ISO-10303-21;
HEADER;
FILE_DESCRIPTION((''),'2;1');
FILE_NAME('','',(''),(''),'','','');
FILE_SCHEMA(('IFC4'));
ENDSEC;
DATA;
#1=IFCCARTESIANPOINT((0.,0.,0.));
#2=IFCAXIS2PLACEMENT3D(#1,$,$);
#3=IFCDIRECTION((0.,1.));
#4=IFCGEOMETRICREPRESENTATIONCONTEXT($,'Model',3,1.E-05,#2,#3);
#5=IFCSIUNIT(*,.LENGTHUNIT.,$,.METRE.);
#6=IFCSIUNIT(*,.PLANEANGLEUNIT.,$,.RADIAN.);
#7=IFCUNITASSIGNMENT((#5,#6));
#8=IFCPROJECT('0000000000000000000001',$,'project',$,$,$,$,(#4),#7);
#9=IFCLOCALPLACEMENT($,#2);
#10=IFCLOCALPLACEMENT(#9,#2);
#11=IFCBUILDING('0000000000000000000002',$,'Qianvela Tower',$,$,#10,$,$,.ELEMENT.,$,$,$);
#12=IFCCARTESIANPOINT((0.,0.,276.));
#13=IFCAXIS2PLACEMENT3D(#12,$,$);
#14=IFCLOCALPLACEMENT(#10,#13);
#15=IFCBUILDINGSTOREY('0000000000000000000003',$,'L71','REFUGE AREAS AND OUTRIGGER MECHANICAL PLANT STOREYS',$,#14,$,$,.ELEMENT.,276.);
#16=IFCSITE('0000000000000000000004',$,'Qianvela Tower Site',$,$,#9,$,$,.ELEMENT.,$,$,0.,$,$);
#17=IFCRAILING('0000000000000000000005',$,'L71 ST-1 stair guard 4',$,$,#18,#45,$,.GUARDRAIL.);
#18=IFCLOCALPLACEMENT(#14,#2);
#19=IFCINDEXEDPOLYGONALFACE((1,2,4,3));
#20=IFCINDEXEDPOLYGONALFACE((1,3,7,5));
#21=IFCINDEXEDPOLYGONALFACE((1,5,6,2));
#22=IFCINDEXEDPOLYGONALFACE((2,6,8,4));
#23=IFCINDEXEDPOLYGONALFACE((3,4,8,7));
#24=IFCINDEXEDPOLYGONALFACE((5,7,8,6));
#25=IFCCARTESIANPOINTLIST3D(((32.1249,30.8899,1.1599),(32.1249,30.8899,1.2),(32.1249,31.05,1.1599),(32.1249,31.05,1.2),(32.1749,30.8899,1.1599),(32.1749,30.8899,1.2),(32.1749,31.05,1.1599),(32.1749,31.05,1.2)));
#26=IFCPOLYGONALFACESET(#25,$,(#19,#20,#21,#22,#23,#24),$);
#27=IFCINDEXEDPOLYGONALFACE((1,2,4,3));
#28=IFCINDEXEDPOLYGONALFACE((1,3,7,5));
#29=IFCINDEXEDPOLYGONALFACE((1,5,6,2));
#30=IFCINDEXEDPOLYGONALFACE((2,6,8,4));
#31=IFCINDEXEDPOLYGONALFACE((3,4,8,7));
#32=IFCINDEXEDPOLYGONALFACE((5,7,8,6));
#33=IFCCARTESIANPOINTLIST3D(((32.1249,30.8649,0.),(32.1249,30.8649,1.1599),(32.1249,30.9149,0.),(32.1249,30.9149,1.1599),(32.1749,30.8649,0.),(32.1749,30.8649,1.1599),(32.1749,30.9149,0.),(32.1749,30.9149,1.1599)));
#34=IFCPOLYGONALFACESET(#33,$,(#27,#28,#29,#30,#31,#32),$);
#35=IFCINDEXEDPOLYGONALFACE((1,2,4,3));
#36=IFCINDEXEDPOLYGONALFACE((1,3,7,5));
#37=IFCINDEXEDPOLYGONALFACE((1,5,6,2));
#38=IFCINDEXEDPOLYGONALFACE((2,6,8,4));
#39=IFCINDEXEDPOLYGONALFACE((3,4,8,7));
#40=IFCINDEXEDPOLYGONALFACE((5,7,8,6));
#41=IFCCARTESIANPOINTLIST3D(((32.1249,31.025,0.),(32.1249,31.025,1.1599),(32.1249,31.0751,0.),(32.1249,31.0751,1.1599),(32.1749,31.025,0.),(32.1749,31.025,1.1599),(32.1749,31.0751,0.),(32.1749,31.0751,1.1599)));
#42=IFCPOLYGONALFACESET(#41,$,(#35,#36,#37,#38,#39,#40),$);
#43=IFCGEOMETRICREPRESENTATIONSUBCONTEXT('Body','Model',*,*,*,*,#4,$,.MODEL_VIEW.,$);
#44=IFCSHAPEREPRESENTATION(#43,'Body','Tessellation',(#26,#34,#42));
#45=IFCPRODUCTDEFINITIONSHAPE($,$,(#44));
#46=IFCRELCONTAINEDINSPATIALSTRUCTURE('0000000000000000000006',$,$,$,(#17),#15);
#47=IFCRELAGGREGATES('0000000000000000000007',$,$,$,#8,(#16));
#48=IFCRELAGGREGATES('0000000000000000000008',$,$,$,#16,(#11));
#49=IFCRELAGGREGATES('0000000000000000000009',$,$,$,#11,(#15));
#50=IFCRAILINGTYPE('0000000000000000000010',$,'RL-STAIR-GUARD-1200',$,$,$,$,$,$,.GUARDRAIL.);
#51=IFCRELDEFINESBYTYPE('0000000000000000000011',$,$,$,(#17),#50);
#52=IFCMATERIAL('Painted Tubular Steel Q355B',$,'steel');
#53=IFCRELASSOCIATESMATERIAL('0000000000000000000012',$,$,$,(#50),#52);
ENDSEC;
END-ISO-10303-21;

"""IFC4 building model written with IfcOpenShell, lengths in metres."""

from ifc_helpers import new_model, si_unit, direction, frame, origin, origin_2d, place, context, subcontext, project, spatial, rectangle, extrude, material, type_object, element, save


model = new_model("IFC4")

# Units and contexts
model_context = context("Model", 3, precision=1e-05, world=origin(), true_north=direction((0.0, 1.0)))
body_context = subcontext(model_context, "Body", "Model", "MODEL_VIEW")
ifc_project = project(units=[si_unit("LENGTHUNIT", "METRE"), si_unit("PLANEANGLEUNIT", "RADIAN")], contexts=[model_context])

# Site, building, storey
site_placement = place(None, origin())
site = spatial("IfcSite", under=ifc_project, at=site_placement, Name="Qianvela Tower Site", CompositionType="ELEMENT", RefElevation=0.0)
building_placement = place(site_placement, origin())
building = spatial("IfcBuilding", under=site, at=building_placement, Name="Qianvela Tower", CompositionType="ELEMENT")
storey_placement = place(building_placement, frame((0.0, 0.0, 276.0)))
storey = spatial("IfcBuildingStorey", under=building, at=storey_placement, Name="L71", Description="REFUGE AREAS AND OUTRIGGER MECHANICAL PLANT STOREYS", CompositionType="ELEMENT", Elevation=276.0)

# Railing
ifc_material_1 = material(Name="Painted Tubular Steel Q355B", Category="steel")
railing_type = type_object("IfcRailingType", Name="RL-STAIR-GUARD-1200", PredefinedType="GUARDRAIL", material=ifc_material_1)
railing_1_placement = place(storey_placement, frame((32.1499, 30.8899, 0.0)))
element("IfcRailing", 1, at=railing_1_placement, inside=storey, type_object=railing_type, Name="L71 ST-1 stair guard 4", PredefinedType="GUARDRAIL", context=body_context, shape_type="SweptSolid", body=[
    extrude(rectangle(XDim=0.05, YDim=0.04, at=origin_2d()), frame((0.0, 0.0, 1.1799), z_axis=(0.0, 1.0, 0.0), x_axis=(-1.0, 0.0, 0.0)), (0.0, 0.0, 1.0), 0.1602),
    extrude(rectangle(XDim=0.05, YDim=0.05, at=origin_2d()), origin(), (0.0, 0.0, 1.0), 1.1599),
    extrude(rectangle(XDim=0.05, YDim=0.05, at=origin_2d()), frame((0.0, 0.1602, 0.0)), (0.0, 0.0, 1.0), 1.1599),
])

save(model, "model.ifc")
